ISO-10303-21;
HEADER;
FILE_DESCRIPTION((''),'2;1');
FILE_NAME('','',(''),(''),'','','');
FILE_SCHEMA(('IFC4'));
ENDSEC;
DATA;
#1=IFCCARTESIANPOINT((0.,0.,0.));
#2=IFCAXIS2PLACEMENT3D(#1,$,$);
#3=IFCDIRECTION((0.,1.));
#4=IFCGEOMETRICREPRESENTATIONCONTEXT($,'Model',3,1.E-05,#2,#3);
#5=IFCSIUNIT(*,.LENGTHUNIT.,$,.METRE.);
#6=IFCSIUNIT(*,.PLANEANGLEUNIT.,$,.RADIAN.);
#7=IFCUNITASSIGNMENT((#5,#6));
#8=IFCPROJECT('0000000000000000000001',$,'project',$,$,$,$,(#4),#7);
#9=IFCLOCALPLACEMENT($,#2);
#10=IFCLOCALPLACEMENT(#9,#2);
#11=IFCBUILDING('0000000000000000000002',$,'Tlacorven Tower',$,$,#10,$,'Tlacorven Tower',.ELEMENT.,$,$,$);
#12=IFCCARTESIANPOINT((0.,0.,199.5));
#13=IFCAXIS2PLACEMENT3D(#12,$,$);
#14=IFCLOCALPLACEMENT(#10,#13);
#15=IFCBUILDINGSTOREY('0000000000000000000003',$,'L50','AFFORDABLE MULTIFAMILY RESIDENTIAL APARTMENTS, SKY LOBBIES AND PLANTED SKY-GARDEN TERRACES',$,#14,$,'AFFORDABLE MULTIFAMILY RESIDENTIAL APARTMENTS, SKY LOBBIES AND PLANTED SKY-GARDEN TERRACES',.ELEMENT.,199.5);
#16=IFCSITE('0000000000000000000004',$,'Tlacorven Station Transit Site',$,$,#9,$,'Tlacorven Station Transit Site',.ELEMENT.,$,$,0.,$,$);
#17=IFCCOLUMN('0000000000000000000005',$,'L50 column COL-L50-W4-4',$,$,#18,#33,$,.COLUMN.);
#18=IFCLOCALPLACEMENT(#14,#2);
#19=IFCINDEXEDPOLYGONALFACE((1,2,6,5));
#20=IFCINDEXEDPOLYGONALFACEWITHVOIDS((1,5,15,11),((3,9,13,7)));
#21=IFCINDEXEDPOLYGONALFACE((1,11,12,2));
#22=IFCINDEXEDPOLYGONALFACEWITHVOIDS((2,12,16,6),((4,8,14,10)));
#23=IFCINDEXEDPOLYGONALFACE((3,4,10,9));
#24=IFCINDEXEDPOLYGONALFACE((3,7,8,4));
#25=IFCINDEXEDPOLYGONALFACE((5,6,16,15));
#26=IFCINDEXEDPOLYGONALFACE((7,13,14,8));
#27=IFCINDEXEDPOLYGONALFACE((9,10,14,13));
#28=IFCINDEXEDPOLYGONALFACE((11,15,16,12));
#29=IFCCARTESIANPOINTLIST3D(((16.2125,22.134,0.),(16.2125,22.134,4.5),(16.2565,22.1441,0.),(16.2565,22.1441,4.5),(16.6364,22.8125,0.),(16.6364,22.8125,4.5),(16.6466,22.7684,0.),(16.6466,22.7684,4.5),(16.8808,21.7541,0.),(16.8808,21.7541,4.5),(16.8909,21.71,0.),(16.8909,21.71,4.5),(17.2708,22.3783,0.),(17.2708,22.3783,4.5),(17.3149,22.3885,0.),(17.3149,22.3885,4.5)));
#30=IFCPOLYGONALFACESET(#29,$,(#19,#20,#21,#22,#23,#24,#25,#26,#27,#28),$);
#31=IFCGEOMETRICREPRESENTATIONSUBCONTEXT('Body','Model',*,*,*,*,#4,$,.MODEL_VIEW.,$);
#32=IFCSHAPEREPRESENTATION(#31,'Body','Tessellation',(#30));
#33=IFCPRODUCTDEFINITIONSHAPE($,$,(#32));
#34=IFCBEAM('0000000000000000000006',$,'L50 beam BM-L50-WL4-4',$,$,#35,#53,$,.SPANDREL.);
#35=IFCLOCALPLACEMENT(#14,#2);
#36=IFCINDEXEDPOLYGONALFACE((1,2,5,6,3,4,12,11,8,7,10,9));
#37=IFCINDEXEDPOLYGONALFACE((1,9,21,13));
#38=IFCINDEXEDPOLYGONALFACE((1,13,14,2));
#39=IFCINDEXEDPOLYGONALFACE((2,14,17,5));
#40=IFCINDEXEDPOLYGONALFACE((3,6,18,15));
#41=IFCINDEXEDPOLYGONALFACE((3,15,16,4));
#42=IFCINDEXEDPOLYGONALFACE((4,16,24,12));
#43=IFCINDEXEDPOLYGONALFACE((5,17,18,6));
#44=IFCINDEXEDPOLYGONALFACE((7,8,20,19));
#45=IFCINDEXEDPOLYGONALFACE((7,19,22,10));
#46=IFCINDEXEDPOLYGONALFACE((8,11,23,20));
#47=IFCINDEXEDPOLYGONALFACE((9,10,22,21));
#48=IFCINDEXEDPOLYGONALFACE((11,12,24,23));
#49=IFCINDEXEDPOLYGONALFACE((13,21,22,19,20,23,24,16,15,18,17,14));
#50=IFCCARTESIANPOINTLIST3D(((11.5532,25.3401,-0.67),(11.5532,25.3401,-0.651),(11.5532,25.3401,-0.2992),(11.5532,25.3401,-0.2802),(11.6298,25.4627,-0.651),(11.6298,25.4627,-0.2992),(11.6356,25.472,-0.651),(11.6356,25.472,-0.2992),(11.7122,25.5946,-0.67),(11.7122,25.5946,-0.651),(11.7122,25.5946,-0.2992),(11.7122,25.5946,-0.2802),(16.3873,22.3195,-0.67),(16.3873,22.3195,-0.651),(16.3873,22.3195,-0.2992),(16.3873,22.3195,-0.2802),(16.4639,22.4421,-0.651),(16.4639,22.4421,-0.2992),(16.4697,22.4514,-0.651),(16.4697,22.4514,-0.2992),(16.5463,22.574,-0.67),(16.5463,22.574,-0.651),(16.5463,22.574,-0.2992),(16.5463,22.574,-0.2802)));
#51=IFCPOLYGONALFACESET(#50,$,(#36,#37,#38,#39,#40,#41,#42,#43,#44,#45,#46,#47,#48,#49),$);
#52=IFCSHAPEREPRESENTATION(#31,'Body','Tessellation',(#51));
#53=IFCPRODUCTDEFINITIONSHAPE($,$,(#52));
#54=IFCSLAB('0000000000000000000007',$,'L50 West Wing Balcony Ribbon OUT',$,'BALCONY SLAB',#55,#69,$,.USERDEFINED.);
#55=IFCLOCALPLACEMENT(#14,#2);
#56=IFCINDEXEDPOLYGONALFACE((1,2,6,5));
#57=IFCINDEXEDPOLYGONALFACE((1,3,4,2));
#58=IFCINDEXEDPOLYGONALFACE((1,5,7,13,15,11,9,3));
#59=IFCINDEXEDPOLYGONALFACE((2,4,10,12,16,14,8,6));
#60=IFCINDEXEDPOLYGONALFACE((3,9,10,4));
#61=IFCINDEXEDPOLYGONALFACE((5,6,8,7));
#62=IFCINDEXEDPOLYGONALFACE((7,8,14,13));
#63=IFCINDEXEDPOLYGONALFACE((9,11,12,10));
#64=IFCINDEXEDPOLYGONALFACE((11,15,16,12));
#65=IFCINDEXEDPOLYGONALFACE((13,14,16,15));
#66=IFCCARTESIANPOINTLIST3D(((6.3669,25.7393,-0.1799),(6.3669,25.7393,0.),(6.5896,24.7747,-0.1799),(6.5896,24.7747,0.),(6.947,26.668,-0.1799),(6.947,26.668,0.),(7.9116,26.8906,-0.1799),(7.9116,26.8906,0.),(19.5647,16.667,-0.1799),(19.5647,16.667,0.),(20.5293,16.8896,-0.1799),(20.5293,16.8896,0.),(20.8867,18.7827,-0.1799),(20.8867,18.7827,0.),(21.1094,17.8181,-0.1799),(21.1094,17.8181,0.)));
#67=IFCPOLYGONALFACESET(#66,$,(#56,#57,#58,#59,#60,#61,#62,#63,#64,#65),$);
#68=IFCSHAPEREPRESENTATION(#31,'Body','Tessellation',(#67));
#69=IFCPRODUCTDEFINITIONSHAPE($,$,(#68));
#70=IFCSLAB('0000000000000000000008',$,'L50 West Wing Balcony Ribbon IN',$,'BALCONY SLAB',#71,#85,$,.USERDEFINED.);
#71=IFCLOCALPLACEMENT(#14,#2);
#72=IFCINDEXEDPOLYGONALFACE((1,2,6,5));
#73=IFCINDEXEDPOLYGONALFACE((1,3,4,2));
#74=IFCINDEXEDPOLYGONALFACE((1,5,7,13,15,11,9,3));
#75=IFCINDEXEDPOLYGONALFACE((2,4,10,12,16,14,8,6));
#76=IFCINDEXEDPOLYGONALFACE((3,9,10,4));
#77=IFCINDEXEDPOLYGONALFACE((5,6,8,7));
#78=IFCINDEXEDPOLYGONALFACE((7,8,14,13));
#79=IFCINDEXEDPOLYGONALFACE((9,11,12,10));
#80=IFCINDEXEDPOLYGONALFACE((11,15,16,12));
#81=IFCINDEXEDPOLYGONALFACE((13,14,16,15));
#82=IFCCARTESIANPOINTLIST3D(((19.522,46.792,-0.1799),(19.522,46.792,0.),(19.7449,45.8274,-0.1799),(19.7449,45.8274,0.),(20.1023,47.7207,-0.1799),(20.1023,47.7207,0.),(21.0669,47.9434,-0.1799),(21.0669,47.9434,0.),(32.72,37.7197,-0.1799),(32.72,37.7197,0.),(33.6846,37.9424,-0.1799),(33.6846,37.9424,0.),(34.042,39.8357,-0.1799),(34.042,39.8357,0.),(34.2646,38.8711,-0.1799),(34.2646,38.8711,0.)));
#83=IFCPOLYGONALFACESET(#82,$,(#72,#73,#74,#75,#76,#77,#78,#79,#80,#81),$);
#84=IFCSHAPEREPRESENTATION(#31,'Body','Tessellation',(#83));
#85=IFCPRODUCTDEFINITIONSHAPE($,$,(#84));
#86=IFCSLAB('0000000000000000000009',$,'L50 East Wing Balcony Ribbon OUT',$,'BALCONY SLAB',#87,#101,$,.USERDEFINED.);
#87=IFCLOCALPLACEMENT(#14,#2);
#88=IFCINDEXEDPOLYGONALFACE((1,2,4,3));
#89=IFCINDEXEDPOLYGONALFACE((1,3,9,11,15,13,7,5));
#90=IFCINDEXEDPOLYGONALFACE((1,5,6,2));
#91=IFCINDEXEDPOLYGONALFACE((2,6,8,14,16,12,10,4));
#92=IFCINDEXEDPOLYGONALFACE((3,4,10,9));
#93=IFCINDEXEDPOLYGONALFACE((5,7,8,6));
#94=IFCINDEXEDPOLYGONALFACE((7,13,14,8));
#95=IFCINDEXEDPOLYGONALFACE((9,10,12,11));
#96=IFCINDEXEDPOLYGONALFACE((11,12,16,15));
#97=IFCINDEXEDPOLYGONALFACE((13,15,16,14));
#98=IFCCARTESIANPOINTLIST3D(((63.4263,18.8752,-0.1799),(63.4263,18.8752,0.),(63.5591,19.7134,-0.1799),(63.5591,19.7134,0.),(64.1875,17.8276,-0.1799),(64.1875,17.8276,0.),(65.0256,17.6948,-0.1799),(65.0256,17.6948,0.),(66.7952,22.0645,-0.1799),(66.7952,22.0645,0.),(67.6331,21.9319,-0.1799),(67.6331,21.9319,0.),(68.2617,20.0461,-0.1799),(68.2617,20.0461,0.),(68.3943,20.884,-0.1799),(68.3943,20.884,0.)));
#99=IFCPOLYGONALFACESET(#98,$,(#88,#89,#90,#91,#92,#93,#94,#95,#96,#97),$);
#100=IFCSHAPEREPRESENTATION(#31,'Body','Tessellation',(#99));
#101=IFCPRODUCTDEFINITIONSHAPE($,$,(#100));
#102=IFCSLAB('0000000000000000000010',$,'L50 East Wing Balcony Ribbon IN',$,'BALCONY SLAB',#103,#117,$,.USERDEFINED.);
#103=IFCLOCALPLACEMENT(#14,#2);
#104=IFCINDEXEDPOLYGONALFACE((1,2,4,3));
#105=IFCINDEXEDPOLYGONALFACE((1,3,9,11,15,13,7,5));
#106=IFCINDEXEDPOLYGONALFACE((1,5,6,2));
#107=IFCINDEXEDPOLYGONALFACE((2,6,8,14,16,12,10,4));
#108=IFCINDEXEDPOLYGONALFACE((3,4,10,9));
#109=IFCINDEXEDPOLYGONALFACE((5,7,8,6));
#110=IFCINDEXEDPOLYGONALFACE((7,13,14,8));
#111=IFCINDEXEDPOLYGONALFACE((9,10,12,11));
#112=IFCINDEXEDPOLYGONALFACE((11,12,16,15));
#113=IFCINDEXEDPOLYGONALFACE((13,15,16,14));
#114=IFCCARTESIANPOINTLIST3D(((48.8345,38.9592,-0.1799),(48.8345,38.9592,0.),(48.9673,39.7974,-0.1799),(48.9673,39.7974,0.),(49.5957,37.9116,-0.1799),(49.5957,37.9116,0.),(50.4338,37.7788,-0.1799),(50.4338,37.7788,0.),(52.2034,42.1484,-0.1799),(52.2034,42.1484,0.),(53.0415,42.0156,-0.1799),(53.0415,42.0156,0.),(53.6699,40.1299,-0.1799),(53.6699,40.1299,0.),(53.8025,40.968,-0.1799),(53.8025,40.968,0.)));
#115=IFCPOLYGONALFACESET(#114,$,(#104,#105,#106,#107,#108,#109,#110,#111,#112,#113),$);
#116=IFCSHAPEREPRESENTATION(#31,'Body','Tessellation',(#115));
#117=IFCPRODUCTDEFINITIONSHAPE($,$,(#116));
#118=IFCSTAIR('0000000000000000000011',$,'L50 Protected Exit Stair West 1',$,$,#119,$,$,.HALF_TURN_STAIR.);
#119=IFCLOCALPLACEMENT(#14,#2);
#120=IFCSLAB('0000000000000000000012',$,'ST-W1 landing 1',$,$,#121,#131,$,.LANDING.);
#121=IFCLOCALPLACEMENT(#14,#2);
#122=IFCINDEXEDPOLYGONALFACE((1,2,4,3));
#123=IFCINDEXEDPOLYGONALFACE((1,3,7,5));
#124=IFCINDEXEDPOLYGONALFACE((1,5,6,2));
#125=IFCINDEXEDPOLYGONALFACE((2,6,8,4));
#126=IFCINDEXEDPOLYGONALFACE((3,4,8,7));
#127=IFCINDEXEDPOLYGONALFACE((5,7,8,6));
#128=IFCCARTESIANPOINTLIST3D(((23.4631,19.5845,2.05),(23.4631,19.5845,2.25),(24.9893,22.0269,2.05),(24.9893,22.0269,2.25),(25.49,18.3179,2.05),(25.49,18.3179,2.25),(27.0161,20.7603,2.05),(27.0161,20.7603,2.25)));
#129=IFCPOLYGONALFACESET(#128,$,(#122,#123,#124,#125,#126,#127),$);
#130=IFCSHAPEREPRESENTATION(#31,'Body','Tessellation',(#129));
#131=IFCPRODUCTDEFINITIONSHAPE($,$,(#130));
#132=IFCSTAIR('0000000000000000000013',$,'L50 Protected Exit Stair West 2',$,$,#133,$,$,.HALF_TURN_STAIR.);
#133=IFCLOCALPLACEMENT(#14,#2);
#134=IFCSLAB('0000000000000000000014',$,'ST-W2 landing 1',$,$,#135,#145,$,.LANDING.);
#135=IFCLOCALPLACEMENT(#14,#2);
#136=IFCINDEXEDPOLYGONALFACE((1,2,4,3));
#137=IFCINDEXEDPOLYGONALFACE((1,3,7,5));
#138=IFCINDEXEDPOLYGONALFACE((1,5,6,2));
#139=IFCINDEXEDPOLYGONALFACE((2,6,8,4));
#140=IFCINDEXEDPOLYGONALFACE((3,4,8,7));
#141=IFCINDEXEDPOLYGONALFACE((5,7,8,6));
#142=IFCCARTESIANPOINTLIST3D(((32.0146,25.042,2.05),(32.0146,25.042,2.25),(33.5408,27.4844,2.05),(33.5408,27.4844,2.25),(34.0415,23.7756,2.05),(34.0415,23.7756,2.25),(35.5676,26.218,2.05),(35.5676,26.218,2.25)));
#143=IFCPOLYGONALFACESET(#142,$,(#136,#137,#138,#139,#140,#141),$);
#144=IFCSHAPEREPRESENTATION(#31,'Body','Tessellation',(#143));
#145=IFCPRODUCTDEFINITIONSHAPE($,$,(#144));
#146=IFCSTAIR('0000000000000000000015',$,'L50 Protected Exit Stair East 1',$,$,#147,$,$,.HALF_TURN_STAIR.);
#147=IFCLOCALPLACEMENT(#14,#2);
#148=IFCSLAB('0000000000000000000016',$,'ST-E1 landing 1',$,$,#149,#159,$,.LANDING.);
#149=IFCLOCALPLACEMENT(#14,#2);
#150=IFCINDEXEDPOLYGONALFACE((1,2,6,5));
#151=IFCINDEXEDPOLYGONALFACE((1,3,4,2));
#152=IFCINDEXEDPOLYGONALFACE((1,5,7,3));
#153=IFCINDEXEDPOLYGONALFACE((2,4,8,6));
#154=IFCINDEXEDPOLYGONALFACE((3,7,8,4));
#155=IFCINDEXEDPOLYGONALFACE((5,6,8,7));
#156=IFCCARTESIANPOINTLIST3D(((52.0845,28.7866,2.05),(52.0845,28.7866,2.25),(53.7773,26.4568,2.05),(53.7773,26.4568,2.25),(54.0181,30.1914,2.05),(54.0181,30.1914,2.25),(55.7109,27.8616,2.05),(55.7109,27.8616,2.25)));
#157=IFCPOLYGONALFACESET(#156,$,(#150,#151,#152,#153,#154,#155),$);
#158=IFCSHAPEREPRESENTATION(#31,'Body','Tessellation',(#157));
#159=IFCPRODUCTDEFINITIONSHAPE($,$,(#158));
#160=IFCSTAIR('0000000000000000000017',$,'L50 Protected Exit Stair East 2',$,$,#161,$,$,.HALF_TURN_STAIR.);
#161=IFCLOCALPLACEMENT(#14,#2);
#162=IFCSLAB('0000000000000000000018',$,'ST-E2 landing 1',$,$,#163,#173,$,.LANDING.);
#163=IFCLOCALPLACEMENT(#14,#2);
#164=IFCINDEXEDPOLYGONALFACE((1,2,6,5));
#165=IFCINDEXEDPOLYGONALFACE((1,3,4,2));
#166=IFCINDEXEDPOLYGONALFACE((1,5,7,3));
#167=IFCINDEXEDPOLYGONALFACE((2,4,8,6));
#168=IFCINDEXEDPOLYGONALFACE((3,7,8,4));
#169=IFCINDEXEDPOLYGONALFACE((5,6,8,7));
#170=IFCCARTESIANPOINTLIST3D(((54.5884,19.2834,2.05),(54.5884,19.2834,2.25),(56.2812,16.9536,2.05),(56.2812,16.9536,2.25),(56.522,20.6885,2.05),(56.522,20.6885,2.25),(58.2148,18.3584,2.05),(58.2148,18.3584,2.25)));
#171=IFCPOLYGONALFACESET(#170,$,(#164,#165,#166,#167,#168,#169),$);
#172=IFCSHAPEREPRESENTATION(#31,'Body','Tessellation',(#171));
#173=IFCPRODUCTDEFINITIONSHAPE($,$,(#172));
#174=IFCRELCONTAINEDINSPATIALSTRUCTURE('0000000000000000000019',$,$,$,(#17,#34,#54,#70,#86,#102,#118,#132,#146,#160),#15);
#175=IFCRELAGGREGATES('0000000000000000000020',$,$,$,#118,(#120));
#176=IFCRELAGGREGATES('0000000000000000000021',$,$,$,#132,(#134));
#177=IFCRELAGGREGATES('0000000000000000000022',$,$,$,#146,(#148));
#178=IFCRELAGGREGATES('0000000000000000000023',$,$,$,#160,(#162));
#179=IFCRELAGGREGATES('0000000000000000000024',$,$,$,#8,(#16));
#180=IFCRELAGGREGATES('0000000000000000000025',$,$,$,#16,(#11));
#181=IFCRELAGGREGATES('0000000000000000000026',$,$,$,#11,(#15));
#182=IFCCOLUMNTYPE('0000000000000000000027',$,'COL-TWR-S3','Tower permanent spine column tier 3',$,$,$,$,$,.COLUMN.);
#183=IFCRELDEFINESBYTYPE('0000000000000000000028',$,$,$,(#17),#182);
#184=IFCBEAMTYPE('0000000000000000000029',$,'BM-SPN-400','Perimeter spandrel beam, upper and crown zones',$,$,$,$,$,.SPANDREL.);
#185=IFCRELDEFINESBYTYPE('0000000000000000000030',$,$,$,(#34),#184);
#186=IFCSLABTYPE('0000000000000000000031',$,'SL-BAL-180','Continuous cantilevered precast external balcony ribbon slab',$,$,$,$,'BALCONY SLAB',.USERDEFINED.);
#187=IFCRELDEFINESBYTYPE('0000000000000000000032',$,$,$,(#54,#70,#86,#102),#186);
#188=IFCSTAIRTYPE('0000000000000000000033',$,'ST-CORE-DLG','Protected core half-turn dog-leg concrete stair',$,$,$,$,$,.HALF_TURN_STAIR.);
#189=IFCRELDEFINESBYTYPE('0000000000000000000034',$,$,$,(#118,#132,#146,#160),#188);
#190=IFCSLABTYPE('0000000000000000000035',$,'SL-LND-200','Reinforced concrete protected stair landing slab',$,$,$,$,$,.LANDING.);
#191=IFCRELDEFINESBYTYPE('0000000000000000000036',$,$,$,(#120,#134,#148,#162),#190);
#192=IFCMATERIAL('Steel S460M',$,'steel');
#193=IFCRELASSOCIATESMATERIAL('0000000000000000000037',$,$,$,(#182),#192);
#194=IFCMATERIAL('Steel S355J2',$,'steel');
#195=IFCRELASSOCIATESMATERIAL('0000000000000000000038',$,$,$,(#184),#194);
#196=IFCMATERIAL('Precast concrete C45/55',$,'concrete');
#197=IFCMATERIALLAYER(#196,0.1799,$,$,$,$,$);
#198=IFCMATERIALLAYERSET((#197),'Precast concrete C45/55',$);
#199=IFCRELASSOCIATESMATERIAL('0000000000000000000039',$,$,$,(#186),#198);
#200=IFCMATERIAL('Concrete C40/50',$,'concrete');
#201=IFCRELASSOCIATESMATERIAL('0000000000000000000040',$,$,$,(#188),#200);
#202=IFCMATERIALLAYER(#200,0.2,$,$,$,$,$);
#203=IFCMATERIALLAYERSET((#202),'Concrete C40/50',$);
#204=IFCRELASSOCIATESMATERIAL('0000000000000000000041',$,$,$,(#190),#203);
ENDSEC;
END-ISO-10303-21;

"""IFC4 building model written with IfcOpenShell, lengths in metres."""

from ifc_helpers import new_model, si_unit, direction, frame, origin, origin_2d, place, context, subcontext, project, spatial, polyline, hollow_rectangle, i_section, outline, extrude, source, transform, mapped, material, layer, layer_set, material_profile, profile_set, type_object, element, aggregate, save


model = new_model("IFC4")

# Units and contexts
model_context = context("Model", 3, precision=1e-05, world=origin(), true_north=direction((0.0, 1.0)))
body_context = subcontext(model_context, "Body", "Model", "MODEL_VIEW")
ifc_project = project(units=[si_unit("LENGTHUNIT", "METRE"), si_unit("PLANEANGLEUNIT", "RADIAN")], contexts=[model_context])

# Site, building, storey
site_placement = place(None, origin())
site = spatial("IfcSite", under=ifc_project, at=site_placement, Name="Tlacorven Station Transit Site", LongName="Tlacorven Station Transit Site", CompositionType="ELEMENT", RefElevation=0.0)
building_placement = place(site_placement, origin())
building = spatial("IfcBuilding", under=site, at=building_placement, Name="Tlacorven Tower", LongName="Tlacorven Tower", CompositionType="ELEMENT")
storey_placement = place(building_placement, frame((0.0, 0.0, 199.5)))
storey = spatial("IfcBuildingStorey", under=building, at=storey_placement, Name="L50", Description="AFFORDABLE MULTIFAMILY RESIDENTIAL APARTMENTS, SKY LOBBIES AND PLANTED SKY-GARDEN TERRACES", LongName="AFFORDABLE MULTIFAMILY RESIDENTIAL APARTMENTS, SKY LOBBIES AND PLANTED SKY-GARDEN TERRACES", CompositionType="ELEMENT", Elevation=199.5)

# Column
ifc_material_1 = material(Name="Steel S460M", Category="steel")
ifc_material_profile_1 = material_profile(ifc_material_1, hollow_rectangle(XDim=0.8, YDim=0.8, WallThickness=0.032, at=origin_2d()), Name="BOX 800X800X32")
ifc_profile_set_1 = profile_set([ifc_material_profile_1], Name="Steel S460M")
column_type = type_object("IfcColumnType", Name="COL-TWR-S3", Description="Tower permanent spine column tier 3", PredefinedType="COLUMN", material=ifc_profile_set_1)
shared_shape_1 = source(origin(), body_context, "Body", "SweptSolid", [
    extrude(hollow_rectangle(XDim=0.8, YDim=0.8, WallThickness=0.032, at=origin_2d()), origin(), (0.0, 0.0, 1.0), 4.5),
])
column_placement = place(storey_placement, frame((16.7637, 22.2612, 0.0), z_axis=(0.0, 0.0, 1.0), x_axis=(-0.848048, 0.529919, 0.0)))
element("IfcColumn", 1, at=column_placement, inside=storey, type_object=column_type, Name="L50 column COL-L50-W4-4", PredefinedType="COLUMN", context=body_context, shape_type="MappedRepresentation", body=[
    mapped(shared_shape_1, transform((0.0, 0.0, 0.0), scale=1.0)),
])

# Beam
ifc_material_2 = material(Name="Steel S355J2", Category="steel")
ifc_material_profile_2 = material_profile(ifc_material_2, i_section(OverallWidth=0.3, OverallDepth=0.3899, WebThickness=0.011, FlangeThickness=0.019, at=origin_2d()), Name="HEA 400")
ifc_profile_set_2 = profile_set([ifc_material_profile_2], Name="Steel S355J2")
beam_type = type_object("IfcBeamType", Name="BM-SPN-400", Description="Perimeter spandrel beam, upper and crown zones", PredefinedType="SPANDREL", material=ifc_profile_set_2)
shared_shape_2 = source(origin(), body_context, "Body", "SweptSolid", [
    extrude(i_section(OverallWidth=0.3, OverallDepth=0.3899, WebThickness=0.011, FlangeThickness=0.019, at=origin_2d()), origin(), (0.0, 0.0, 1.0), 5.7002),
])
beam_placement = place(storey_placement, frame((16.4668, 22.4468, -0.4751), z_axis=(-0.848056, 0.529907, 0.0), x_axis=(-0.529907, -0.848056, 0.0)))
element("IfcBeam", 2, at=beam_placement, inside=storey, type_object=beam_type, Name="L50 beam BM-L50-WL4-4", PredefinedType="SPANDREL", context=body_context, shape_type="MappedRepresentation", body=[
    mapped(shared_shape_2, transform((0.0, 0.0, 0.0), scale=1.0)),
])

# Slabs
ifc_material_3 = material(Name="Precast concrete C45/55", Category="concrete")
ifc_layer_1 = layer(ifc_material_3, 0.1799)
ifc_layer_set_1 = layer_set([ifc_layer_1], Name="Precast concrete C45/55")
slab_type_1 = type_object("IfcSlabType", Name="SL-BAL-180", Description="Continuous cantilevered precast external balcony ribbon slab", ElementType="BALCONY SLAB", PredefinedType="USERDEFINED", material=ifc_layer_set_1)
slab_1_placement = place(storey_placement, frame((0.0, 0.0, -0.1799)))
element("IfcSlab", 3, at=slab_1_placement, inside=storey, type_object=slab_type_1, Name="L50 West Wing Balcony Ribbon OUT", ObjectType="BALCONY SLAB", PredefinedType="USERDEFINED", context=body_context, shape_type="SweptSolid", body=[
    extrude(outline(polyline([(20.8867, 18.7827), (7.9116, 26.8906), (6.947, 26.668), (6.3669, 25.7393), (6.5896, 24.7747), (19.5647, 16.667), (20.5293, 16.8896), (21.1094, 17.8181), (20.8867, 18.7827)])), origin(), (0.0, 0.0, 1.0), 0.1799),
])
slab_2_placement = place(storey_placement, frame((0.0, 0.0, -0.1799)))
element("IfcSlab", 4, at=slab_2_placement, inside=storey, type_object=slab_type_1, Name="L50 West Wing Balcony Ribbon IN", ObjectType="BALCONY SLAB", PredefinedType="USERDEFINED", context=body_context, shape_type="SweptSolid", body=[
    extrude(outline(polyline([(34.042, 39.8357), (21.0669, 47.9434), (20.1023, 47.7207), (19.522, 46.792), (19.7449, 45.8274), (32.72, 37.7197), (33.6846, 37.9424), (34.2646, 38.8711), (34.042, 39.8357)])), origin(), (0.0, 0.0, 1.0), 0.1799),
])
slab_3_placement = place(storey_placement, frame((0.0, 0.0, -0.1799)))
element("IfcSlab", 5, at=slab_3_placement, inside=storey, type_object=slab_type_1, Name="L50 East Wing Balcony Ribbon OUT", ObjectType="BALCONY SLAB", PredefinedType="USERDEFINED", context=body_context, shape_type="SweptSolid", body=[
    extrude(outline(polyline([(65.0256, 17.6948), (68.2617, 20.0461), (68.3943, 20.884), (67.6331, 21.9319), (66.7952, 22.0645), (63.5591, 19.7134), (63.4263, 18.8752), (64.1875, 17.8276), (65.0256, 17.6948)])), origin(), (0.0, 0.0, 1.0), 0.1799),
])
slab_4_placement = place(storey_placement, frame((0.0, 0.0, -0.1799)))
element("IfcSlab", 6, at=slab_4_placement, inside=storey, type_object=slab_type_1, Name="L50 East Wing Balcony Ribbon IN", ObjectType="BALCONY SLAB", PredefinedType="USERDEFINED", context=body_context, shape_type="SweptSolid", body=[
    extrude(outline(polyline([(50.4338, 37.7788), (53.6699, 40.1299), (53.8025, 40.968), (53.0415, 42.0156), (52.2034, 42.1484), (48.9673, 39.7974), (48.8345, 38.9592), (49.5957, 37.9116), (50.4338, 37.7788)])), origin(), (0.0, 0.0, 1.0), 0.1799),
])

# Stairs, slabs
ifc_material_4 = material(Name="Concrete C40/50", Category="concrete")
stair_type = type_object("IfcStairType", Name="ST-CORE-DLG", Description="Protected core half-turn dog-leg concrete stair", PredefinedType="HALF_TURN_STAIR", material=ifc_material_4)
stair_1_placement = place(storey_placement, origin())
stair_1 = element("IfcStair", 7, at=stair_1_placement, inside=storey, type_object=stair_type, Name="L50 Protected Exit Stair West 1", PredefinedType="HALF_TURN_STAIR")
ifc_layer_2 = layer(ifc_material_4, 0.2)
ifc_layer_set_2 = layer_set([ifc_layer_2], Name="Concrete C40/50")
slab_type_2 = type_object("IfcSlabType", Name="SL-LND-200", Description="Reinforced concrete protected stair landing slab", PredefinedType="LANDING", material=ifc_layer_set_2)
slab_5_placement = place(storey_placement, frame((0.0, 0.0, 2.05)))
slab_5 = element("IfcSlab", 8, at=slab_5_placement, type_object=slab_type_2, Name="ST-W1 landing 1", PredefinedType="LANDING", context=body_context, shape_type="SweptSolid", body=[
    extrude(outline(polyline([(27.0161, 20.7603), (24.9893, 22.0269), (23.4631, 19.5845), (25.49, 18.3179), (27.0161, 20.7603)])), origin(), (0.0, 0.0, 1.0), 0.2),
])
aggregate(stair_1, [slab_5])
stair_2_placement = place(storey_placement, origin())
stair_2 = element("IfcStair", 9, at=stair_2_placement, inside=storey, type_object=stair_type, Name="L50 Protected Exit Stair West 2", PredefinedType="HALF_TURN_STAIR")
slab_6_placement = place(storey_placement, frame((0.0, 0.0, 2.05)))
slab_6 = element("IfcSlab", 10, at=slab_6_placement, type_object=slab_type_2, Name="ST-W2 landing 1", PredefinedType="LANDING", context=body_context, shape_type="SweptSolid", body=[
    extrude(outline(polyline([(35.5676, 26.218), (33.5408, 27.4844), (32.0146, 25.042), (34.0415, 23.7756), (35.5676, 26.218)])), origin(), (0.0, 0.0, 1.0), 0.2),
])
aggregate(stair_2, [slab_6])
stair_3_placement = place(storey_placement, origin())
stair_3 = element("IfcStair", 11, at=stair_3_placement, inside=storey, type_object=stair_type, Name="L50 Protected Exit Stair East 1", PredefinedType="HALF_TURN_STAIR")
slab_7_placement = place(storey_placement, frame((0.0, 0.0, 2.05)))
slab_7 = element("IfcSlab", 12, at=slab_7_placement, type_object=slab_type_2, Name="ST-E1 landing 1", PredefinedType="LANDING", context=body_context, shape_type="SweptSolid", body=[
    extrude(outline(polyline([(53.7773, 26.4568), (55.7109, 27.8616), (54.0181, 30.1914), (52.0845, 28.7866), (53.7773, 26.4568)])), origin(), (0.0, 0.0, 1.0), 0.2),
])
aggregate(stair_3, [slab_7])
stair_4_placement = place(storey_placement, origin())
stair_4 = element("IfcStair", 13, at=stair_4_placement, inside=storey, type_object=stair_type, Name="L50 Protected Exit Stair East 2", PredefinedType="HALF_TURN_STAIR")
slab_8_placement = place(storey_placement, frame((0.0, 0.0, 2.05)))
slab_8 = element("IfcSlab", 14, at=slab_8_placement, type_object=slab_type_2, Name="ST-E2 landing 1", PredefinedType="LANDING", context=body_context, shape_type="SweptSolid", body=[
    extrude(outline(polyline([(56.2812, 16.9536), (58.2148, 18.3584), (56.522, 20.6885), (54.5884, 19.2834), (56.2812, 16.9536)])), origin(), (0.0, 0.0, 1.0), 0.2),
])
aggregate(stair_4, [slab_8])

save(model, "model.ifc")
